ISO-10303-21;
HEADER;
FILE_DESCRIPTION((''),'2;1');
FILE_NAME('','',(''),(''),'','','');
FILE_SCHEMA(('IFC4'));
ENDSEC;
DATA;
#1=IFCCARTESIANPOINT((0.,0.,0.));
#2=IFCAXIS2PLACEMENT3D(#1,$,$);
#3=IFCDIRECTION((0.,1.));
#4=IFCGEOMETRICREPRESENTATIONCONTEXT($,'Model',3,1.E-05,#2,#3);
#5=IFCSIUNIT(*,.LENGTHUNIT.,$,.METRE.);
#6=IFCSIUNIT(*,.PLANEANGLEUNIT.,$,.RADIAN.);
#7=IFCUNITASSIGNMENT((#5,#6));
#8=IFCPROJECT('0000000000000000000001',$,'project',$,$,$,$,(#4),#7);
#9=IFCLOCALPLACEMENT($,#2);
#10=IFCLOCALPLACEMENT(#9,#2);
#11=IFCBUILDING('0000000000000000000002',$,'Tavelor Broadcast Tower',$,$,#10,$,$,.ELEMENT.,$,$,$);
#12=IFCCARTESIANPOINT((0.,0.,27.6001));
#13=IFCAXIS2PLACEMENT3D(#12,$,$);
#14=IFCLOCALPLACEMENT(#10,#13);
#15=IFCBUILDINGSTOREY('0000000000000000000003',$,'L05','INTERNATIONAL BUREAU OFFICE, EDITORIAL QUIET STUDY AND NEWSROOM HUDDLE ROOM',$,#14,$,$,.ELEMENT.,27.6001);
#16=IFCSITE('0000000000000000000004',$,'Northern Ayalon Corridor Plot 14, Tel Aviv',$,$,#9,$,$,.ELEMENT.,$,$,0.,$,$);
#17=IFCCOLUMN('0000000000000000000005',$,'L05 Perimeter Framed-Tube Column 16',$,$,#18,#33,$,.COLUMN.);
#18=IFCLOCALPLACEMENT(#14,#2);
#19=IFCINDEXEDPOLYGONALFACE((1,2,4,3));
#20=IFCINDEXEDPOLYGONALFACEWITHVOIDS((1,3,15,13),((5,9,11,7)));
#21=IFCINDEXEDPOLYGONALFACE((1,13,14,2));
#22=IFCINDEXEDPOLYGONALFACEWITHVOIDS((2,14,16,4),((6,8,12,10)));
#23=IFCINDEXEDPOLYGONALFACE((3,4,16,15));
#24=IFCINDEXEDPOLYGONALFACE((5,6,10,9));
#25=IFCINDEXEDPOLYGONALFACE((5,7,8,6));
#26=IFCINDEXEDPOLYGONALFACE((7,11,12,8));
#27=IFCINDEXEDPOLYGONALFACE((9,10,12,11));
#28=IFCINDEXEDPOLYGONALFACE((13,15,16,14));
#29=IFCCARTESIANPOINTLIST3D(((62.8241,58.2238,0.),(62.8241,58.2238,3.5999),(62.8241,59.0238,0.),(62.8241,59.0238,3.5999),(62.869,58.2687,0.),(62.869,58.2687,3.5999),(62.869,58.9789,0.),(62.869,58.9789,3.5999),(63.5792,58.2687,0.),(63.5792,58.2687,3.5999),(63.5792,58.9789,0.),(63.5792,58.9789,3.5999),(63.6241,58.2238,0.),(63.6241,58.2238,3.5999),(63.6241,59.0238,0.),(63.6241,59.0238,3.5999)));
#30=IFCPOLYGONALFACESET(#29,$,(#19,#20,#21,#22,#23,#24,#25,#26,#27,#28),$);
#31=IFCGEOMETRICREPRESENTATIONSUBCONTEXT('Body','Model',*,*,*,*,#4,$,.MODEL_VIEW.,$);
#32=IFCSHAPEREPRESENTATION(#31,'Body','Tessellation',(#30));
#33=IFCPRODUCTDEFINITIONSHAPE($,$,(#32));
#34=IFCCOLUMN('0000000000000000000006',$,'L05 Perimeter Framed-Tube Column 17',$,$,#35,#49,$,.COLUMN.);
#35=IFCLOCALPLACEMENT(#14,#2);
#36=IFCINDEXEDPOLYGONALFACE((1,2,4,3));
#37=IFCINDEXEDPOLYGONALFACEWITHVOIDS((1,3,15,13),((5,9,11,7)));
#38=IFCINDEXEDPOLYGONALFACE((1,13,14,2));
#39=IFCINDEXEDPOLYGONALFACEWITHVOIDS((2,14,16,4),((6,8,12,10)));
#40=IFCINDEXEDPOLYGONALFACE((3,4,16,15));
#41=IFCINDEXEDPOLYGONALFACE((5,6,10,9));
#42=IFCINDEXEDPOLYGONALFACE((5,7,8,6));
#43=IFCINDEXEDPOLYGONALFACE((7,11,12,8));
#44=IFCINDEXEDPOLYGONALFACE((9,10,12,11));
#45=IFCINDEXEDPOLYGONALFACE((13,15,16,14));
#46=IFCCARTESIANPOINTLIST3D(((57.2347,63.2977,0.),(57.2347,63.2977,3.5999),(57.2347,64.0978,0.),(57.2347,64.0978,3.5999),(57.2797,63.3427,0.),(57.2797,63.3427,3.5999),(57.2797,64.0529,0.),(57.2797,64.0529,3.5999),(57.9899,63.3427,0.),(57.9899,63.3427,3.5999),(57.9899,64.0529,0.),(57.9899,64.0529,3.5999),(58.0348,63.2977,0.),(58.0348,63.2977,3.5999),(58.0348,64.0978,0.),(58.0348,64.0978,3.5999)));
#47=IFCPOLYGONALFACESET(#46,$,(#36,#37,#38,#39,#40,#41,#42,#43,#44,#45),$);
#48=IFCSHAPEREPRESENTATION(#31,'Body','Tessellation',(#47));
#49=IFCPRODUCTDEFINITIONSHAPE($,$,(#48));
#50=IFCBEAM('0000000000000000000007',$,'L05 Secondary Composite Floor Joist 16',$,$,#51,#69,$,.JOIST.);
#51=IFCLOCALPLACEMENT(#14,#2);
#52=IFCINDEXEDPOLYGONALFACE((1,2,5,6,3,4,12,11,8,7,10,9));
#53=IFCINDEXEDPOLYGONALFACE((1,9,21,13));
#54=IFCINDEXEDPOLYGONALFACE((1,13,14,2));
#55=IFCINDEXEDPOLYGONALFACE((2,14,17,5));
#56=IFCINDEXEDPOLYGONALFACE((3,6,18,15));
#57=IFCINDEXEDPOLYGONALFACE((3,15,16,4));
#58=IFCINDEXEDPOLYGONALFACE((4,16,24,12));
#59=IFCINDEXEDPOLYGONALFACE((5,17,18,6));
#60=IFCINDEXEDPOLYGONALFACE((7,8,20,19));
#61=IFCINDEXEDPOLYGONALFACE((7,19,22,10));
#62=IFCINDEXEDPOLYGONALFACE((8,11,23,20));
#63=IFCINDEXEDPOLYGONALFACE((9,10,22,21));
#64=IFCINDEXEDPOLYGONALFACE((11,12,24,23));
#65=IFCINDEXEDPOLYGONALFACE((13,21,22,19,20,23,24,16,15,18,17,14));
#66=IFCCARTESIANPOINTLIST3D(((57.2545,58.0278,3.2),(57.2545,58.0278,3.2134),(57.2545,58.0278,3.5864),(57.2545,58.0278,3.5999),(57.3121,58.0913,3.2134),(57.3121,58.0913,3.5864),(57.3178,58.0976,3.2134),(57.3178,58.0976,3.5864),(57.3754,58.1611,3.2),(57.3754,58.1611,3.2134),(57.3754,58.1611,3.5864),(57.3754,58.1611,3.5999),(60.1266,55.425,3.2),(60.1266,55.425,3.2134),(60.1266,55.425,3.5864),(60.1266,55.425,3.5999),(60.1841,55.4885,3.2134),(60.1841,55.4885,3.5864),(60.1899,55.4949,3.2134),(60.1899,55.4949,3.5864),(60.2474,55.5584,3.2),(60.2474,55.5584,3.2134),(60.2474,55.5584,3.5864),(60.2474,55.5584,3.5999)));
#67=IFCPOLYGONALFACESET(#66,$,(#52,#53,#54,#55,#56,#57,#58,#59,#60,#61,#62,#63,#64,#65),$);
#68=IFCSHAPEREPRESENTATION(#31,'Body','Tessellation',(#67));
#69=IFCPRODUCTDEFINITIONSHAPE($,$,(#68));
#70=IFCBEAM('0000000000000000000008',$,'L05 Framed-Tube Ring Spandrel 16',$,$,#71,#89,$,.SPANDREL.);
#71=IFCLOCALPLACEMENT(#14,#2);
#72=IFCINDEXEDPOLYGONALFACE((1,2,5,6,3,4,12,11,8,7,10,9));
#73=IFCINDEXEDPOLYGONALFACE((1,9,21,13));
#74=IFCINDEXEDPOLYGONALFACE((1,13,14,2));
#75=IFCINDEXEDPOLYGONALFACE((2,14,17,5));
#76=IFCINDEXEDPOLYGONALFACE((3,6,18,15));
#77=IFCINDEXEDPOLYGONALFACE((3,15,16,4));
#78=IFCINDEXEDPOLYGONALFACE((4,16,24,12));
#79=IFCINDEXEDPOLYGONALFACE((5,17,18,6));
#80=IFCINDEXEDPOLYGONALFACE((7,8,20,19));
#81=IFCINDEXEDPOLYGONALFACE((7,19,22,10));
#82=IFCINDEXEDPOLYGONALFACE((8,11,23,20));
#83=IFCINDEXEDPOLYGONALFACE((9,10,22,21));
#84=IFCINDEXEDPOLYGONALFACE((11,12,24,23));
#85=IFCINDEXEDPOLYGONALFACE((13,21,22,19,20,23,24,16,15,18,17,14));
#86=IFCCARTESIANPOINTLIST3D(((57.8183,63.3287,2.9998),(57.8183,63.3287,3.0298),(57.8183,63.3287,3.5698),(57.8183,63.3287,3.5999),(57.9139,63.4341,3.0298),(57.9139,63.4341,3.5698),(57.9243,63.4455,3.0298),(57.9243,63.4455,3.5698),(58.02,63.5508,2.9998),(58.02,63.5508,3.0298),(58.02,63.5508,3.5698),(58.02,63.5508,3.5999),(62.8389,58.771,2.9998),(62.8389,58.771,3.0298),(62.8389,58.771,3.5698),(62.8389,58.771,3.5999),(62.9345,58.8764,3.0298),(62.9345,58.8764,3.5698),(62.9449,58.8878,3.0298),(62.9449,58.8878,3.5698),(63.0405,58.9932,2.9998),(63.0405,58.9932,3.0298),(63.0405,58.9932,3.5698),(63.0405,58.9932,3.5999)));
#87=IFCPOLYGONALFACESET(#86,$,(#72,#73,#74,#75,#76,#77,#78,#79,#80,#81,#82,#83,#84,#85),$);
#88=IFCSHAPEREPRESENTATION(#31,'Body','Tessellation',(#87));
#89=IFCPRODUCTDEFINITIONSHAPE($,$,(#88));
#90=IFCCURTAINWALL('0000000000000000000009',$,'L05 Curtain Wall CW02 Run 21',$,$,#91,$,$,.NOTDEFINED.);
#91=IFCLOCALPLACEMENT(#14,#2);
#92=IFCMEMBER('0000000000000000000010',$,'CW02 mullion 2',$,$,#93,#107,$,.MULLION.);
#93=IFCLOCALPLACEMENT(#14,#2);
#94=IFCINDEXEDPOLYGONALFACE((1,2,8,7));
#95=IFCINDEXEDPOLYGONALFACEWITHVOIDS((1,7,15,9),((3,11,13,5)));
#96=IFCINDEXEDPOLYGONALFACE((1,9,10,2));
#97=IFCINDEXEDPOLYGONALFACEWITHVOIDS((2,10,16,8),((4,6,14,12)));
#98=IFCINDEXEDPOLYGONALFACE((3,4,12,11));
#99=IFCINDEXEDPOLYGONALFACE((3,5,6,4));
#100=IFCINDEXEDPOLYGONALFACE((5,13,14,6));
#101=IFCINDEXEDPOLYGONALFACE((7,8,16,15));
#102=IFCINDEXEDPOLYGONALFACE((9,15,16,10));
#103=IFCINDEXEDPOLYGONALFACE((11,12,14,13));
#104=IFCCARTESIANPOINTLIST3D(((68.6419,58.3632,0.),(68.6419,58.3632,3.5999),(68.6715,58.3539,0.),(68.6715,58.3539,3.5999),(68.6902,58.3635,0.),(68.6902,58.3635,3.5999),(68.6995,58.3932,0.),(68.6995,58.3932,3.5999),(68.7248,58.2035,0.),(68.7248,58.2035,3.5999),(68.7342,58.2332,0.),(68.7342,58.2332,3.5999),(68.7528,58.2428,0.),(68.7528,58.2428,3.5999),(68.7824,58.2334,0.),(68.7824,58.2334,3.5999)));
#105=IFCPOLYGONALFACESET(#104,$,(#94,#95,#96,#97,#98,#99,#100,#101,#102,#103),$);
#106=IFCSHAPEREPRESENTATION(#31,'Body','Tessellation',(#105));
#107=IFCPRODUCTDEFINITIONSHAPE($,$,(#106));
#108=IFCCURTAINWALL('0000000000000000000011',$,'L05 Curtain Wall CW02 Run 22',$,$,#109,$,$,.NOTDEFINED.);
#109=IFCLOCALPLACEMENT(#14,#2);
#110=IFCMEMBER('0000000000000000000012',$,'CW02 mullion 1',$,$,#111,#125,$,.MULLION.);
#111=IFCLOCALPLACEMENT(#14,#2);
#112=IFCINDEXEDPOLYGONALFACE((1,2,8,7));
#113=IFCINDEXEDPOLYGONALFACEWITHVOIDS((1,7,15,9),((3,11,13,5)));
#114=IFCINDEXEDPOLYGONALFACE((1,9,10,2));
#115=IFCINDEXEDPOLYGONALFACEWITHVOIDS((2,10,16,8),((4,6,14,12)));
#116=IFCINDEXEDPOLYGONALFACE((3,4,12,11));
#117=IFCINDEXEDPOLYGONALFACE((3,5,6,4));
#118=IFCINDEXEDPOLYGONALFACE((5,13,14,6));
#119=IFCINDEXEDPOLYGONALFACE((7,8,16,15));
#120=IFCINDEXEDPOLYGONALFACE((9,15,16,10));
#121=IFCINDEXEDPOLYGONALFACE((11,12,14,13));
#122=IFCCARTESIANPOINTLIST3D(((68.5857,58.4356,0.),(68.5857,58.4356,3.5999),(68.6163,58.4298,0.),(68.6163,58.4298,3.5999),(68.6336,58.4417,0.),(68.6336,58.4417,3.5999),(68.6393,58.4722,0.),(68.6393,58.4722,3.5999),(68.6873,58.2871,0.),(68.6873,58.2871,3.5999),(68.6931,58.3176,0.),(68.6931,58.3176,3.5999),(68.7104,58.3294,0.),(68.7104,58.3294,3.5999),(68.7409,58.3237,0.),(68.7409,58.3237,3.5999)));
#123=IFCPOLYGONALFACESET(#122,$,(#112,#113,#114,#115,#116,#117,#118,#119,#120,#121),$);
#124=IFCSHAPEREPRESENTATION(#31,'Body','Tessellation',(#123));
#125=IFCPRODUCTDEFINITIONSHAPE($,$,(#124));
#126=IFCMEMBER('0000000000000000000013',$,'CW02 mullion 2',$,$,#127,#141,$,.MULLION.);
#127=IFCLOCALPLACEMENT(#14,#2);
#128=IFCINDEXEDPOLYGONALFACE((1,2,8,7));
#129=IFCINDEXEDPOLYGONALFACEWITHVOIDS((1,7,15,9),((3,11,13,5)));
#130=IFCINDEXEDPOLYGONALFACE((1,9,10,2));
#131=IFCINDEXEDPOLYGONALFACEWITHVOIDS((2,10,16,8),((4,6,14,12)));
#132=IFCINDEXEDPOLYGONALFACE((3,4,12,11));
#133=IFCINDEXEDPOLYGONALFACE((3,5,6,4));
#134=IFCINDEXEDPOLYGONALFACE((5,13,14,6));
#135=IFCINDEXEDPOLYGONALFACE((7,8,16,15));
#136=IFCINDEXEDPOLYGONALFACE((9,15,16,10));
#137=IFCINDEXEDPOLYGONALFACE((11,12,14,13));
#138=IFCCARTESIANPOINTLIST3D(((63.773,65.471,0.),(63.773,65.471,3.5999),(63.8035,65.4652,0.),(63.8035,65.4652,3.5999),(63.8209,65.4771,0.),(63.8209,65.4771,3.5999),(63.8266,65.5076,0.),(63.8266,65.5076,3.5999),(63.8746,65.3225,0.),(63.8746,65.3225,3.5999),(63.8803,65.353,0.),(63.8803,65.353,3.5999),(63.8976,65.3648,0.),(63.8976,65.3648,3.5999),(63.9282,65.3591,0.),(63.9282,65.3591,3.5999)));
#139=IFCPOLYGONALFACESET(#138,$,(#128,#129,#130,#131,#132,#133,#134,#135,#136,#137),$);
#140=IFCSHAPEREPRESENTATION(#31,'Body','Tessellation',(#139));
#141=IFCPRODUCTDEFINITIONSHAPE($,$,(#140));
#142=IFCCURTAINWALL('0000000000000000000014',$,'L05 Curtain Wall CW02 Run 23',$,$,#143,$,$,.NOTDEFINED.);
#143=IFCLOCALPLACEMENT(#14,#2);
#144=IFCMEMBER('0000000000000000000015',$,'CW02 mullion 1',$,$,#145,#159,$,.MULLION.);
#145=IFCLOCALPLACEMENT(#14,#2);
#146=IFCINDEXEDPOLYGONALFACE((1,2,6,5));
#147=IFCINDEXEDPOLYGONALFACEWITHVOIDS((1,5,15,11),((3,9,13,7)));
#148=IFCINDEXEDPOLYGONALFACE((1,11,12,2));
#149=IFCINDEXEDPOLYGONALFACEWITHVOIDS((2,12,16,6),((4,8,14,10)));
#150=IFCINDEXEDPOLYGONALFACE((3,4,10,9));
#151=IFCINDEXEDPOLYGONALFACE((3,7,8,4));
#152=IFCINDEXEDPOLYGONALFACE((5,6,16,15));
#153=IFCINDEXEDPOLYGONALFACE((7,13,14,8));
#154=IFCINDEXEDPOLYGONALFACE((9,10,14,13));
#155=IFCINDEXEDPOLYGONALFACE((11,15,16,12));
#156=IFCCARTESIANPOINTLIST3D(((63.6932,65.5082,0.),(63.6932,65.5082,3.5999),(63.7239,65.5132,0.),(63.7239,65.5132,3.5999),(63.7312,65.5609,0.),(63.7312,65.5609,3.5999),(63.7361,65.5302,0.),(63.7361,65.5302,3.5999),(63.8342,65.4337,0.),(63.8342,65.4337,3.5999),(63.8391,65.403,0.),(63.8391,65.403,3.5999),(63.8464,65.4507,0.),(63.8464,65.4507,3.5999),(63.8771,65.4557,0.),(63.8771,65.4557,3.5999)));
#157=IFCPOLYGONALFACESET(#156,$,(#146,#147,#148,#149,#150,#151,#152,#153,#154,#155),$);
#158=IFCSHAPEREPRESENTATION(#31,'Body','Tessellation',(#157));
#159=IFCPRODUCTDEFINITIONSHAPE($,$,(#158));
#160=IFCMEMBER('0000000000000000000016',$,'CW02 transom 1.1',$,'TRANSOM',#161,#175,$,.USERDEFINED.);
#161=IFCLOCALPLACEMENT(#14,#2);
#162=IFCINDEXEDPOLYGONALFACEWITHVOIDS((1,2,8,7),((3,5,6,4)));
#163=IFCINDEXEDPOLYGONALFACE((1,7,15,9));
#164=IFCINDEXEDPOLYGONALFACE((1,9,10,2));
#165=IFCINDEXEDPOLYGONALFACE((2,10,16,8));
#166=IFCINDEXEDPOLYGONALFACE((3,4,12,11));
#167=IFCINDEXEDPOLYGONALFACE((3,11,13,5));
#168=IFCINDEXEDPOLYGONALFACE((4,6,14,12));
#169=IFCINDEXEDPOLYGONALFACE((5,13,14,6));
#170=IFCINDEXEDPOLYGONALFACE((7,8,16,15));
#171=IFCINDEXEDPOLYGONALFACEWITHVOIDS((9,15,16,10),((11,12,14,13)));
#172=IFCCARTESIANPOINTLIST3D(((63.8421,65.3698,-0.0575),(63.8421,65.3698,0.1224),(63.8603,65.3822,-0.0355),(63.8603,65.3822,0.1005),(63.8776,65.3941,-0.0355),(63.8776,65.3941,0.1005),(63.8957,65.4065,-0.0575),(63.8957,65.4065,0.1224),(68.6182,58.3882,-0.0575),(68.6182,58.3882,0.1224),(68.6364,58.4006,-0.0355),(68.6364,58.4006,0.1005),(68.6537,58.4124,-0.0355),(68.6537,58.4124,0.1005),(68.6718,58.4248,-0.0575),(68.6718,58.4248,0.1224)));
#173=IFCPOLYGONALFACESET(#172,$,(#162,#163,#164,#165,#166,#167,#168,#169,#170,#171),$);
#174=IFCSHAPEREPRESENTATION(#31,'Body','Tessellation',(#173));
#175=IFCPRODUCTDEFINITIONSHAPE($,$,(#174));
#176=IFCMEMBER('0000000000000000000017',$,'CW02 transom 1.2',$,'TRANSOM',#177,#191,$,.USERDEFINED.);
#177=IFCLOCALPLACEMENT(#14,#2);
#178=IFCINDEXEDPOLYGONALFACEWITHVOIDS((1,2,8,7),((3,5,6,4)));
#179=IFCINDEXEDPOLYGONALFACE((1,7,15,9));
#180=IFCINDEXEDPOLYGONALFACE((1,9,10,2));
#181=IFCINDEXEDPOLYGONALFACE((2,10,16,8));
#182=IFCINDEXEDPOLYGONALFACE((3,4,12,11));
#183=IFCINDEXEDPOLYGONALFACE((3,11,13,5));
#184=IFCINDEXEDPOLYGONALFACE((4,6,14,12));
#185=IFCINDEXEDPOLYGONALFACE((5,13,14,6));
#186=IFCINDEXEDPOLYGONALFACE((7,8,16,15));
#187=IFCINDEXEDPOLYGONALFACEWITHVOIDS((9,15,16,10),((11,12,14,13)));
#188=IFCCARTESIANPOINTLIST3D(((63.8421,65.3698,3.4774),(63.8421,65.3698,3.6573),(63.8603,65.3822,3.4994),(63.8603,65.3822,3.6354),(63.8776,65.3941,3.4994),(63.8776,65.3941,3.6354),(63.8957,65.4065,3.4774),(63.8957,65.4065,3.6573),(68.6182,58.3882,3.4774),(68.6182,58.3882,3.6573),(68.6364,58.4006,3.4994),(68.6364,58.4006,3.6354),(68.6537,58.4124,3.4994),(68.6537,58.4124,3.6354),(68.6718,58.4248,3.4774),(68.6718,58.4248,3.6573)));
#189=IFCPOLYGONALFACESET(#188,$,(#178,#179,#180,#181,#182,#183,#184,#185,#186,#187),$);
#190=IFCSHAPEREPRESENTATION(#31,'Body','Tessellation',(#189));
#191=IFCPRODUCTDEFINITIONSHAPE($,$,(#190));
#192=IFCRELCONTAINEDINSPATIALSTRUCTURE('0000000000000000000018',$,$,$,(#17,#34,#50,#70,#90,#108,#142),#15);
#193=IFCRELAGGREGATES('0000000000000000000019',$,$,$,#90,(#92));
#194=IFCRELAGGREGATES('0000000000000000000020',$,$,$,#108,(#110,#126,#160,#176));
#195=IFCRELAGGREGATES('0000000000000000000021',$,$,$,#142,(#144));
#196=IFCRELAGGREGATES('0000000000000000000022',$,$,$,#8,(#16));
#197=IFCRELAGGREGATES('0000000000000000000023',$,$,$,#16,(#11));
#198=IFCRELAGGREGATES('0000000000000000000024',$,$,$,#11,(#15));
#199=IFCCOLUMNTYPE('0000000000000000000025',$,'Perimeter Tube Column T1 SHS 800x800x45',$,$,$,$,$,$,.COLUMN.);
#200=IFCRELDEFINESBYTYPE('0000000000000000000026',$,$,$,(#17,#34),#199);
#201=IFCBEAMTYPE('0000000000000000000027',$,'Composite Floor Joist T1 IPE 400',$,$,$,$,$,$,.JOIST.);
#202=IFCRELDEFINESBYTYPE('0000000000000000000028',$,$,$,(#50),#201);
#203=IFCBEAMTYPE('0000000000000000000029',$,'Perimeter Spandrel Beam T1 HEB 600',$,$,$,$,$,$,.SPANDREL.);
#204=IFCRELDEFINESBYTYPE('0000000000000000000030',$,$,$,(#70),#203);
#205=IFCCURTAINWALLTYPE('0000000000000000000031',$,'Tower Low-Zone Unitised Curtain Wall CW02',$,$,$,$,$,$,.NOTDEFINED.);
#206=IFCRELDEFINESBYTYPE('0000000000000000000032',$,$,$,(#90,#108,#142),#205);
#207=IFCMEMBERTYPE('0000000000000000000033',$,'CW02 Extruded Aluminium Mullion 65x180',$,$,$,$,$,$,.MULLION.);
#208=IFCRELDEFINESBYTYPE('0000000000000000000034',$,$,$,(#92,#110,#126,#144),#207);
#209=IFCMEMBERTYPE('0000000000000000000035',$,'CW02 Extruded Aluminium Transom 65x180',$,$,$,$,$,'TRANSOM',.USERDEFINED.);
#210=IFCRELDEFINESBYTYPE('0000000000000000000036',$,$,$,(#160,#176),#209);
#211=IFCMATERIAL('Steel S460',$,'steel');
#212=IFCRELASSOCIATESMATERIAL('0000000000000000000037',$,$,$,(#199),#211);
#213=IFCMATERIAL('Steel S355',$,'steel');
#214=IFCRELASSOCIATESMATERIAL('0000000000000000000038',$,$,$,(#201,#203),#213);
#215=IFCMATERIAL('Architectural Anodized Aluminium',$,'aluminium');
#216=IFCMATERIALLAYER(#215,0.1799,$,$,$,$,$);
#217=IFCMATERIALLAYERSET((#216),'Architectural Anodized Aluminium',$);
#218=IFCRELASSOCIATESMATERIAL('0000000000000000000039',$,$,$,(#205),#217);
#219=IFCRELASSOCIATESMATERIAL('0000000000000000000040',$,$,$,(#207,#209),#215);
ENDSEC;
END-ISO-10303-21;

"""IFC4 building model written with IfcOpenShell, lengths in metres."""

from ifc_helpers import new_model, si_unit, direction, frame, origin, origin_2d, place, context, subcontext, project, spatial, hollow_rectangle, i_section, extrude, source, transform, mapped, material, layer, layer_set, material_profile, profile_set, type_object, type_shapes, element, aggregate, save


model = new_model("IFC4")

# Units and contexts
model_context = context("Model", 3, precision=1e-05, world=origin(), true_north=direction((0.0, 1.0)))
body_context = subcontext(model_context, "Body", "Model", "MODEL_VIEW")
ifc_project = project(units=[si_unit("LENGTHUNIT", "METRE"), si_unit("PLANEANGLEUNIT", "RADIAN")], contexts=[model_context])

# Site, building, storey
site_placement = place(None, origin())
site = spatial("IfcSite", under=ifc_project, at=site_placement, Name="Northern Ayalon Corridor Plot 14, Tel Aviv", CompositionType="ELEMENT", RefElevation=0.0)
building_placement = place(site_placement, origin())
building = spatial("IfcBuilding", under=site, at=building_placement, Name="Tavelor Broadcast Tower", CompositionType="ELEMENT")
storey_placement = place(building_placement, frame((0.0, 0.0, 27.6001)))
storey = spatial("IfcBuildingStorey", under=building, at=storey_placement, Name="L05", Description="INTERNATIONAL BUREAU OFFICE, EDITORIAL QUIET STUDY AND NEWSROOM HUDDLE ROOM", CompositionType="ELEMENT", Elevation=27.6001)

# Columns
ifc_material_1 = material(Name="Steel S460", Category="steel")
ifc_material_profile_1 = material_profile(ifc_material_1, hollow_rectangle(XDim=0.8, YDim=0.8, WallThickness=0.0449, at=origin_2d()), Name="SHS 800x800x45")
ifc_profile_set_1 = profile_set([ifc_material_profile_1], Name="Steel S460")
column_type = type_object("IfcColumnType", Name="Perimeter Tube Column T1 SHS 800x800x45", PredefinedType="COLUMN", material=ifc_profile_set_1)
for number, where, z_axis, x_axis, name in (
    (1, (63.2241, 58.6238, 0.0), (0.0, 0.0, 1.0), (1.0, 0.0, 0.0), "L05 Perimeter Framed-Tube Column 16"),
    (2, (57.6348, 63.6978, 0.0), (0.0, 0.0, 1.0), (1.0, 0.0, 0.0), "L05 Perimeter Framed-Tube Column 17"),
):
    element("IfcColumn", number, at=place(storey_placement, frame(where, z_axis=z_axis, x_axis=x_axis)), inside=storey, type_object=column_type, Name=name, PredefinedType="COLUMN", context=body_context, shape_type="SweptSolid", body=[
        extrude(hollow_rectangle(XDim=0.8, YDim=0.8, WallThickness=0.0449, at=origin_2d()), origin(), (0.0, 0.0, 1.0), 3.5999),
    ])

# Beams
ifc_material_2 = material(Name="Steel S355", Category="steel")
ifc_material_profile_2 = material_profile(ifc_material_2, i_section(OverallWidth=0.1799, OverallDepth=0.3999, WebThickness=0.0085, FlangeThickness=0.0134, at=origin_2d()), Name="IPE 400")
ifc_profile_set_2 = profile_set([ifc_material_profile_2], Name="Steel S355")
beam_type_1 = type_object("IfcBeamType", Name="Composite Floor Joist T1 IPE 400", PredefinedType="JOIST", material=ifc_profile_set_2)
beam_1_placement = place(storey_placement, frame((60.187, 55.4917, 3.3999), z_axis=(-0.740991, 0.671515, 0.0), x_axis=(-0.671515, -0.740991, 0.0)))
element("IfcBeam", 3, at=beam_1_placement, inside=storey, type_object=beam_type_1, Name="L05 Secondary Composite Floor Joist 16", PredefinedType="JOIST", context=body_context, shape_type="SweptSolid", body=[
    extrude(i_section(OverallWidth=0.1799, OverallDepth=0.3999, WebThickness=0.0085, FlangeThickness=0.0134, at=origin_2d()), origin(), (0.0, 0.0, 1.0), 3.876),
])
ifc_material_profile_3 = material_profile(ifc_material_2, i_section(OverallWidth=0.3, OverallDepth=0.6001, WebThickness=0.0154, FlangeThickness=0.03, at=origin_2d()), Name="HEB 600")
ifc_profile_set_3 = profile_set([ifc_material_profile_3], Name="Steel S355")
beam_type_2 = type_object("IfcBeamType", Name="Perimeter Spandrel Beam T1 HEB 600", PredefinedType="SPANDREL", material=ifc_profile_set_3)
beam_2_placement = place(storey_placement, frame((62.9397, 58.8821, 3.2998), z_axis=(-0.740416, 0.672149, 0.0), x_axis=(-0.672149, -0.740416, 0.0)))
element("IfcBeam", 4, at=beam_2_placement, inside=storey, type_object=beam_type_2, Name="L05 Framed-Tube Ring Spandrel 16", PredefinedType="SPANDREL", context=body_context, shape_type="SweptSolid", body=[
    extrude(i_section(OverallWidth=0.3, OverallDepth=0.6001, WebThickness=0.0154, FlangeThickness=0.03, at=origin_2d()), origin(), (0.0, 0.0, 1.0), 6.7808),
])

# Curtain wall, member
ifc_material_3 = material(Name="Architectural Anodized Aluminium", Category="aluminium")
ifc_layer_1 = layer(ifc_material_3, 0.1799)
ifc_layer_set_1 = layer_set([ifc_layer_1], Name="Architectural Anodized Aluminium")
curtain_wall_type = type_object("IfcCurtainWallType", Name="Tower Low-Zone Unitised Curtain Wall CW02", PredefinedType="NOTDEFINED", material=ifc_layer_set_1)
curtain_wall_1_placement = place(storey_placement, origin())
curtain_wall_1 = element("IfcCurtainWall", 5, at=curtain_wall_1_placement, inside=storey, type_object=curtain_wall_type, Name="L05 Curtain Wall CW02 Run 21", PredefinedType="NOTDEFINED")
ifc_material_profile_4 = material_profile(ifc_material_3, hollow_rectangle(XDim=0.0649, YDim=0.1799, WallThickness=0.022, at=origin_2d()), Name="RHS 65x180x22")
ifc_profile_set_4 = profile_set([ifc_material_profile_4], Name="Architectural Anodized Aluminium")
member_type_1 = type_object("IfcMemberType", Name="CW02 Extruded Aluminium Mullion 65x180", PredefinedType="MULLION", material=ifc_profile_set_4)
shared_shape_1 = source(origin(), body_context, "Body", "SweptSolid", [
    extrude(hollow_rectangle(XDim=0.0649, YDim=0.1799, WallThickness=0.022, at=origin_2d()), origin(), (0.0, 0.0, 1.0), 3.5999),
])
type_shapes(member_type_1, [shared_shape_1])
member_1_placement = place(storey_placement, frame((68.7122, 58.2983, 0.0), z_axis=(0.0, 0.0, 1.0), x_axis=(-0.887618, -0.46058, 0.0)))
member_1 = element("IfcMember", 6, at=member_1_placement, type_object=member_type_1, Name="CW02 mullion 2", PredefinedType="MULLION", context=body_context, shape_type="MappedRepresentation", body=[
    mapped(shared_shape_1, transform((0.0, 0.0, 0.0), scale=1.0)),
])
aggregate(curtain_wall_1, [member_1])

# Curtain wall, members
curtain_wall_2_placement = place(storey_placement, origin())
curtain_wall_2 = element("IfcCurtainWall", 7, at=curtain_wall_2_placement, inside=storey, type_object=curtain_wall_type, Name="L05 Curtain Wall CW02 Run 22", PredefinedType="NOTDEFINED")
member_2_placement = place(storey_placement, frame((68.6633, 58.3796, 0.0), z_axis=(0.0, 0.0, 1.0), x_axis=(-0.825353, -0.564618, 0.0)))
member_2 = element("IfcMember", 8, at=member_2_placement, type_object=member_type_1, Name="CW02 mullion 1", PredefinedType="MULLION", context=body_context, shape_type="MappedRepresentation", body=[
    mapped(shared_shape_1, transform((0.0, 0.0, 0.0), scale=1.0)),
])
member_3_placement = place(storey_placement, frame((63.8506, 65.415, 0.0), z_axis=(0.0, 0.0, 1.0), x_axis=(-0.825353, -0.564618, 0.0)))
member_3 = element("IfcMember", 9, at=member_3_placement, type_object=member_type_1, Name="CW02 mullion 2", PredefinedType="MULLION", context=body_context, shape_type="MappedRepresentation", body=[
    mapped(shared_shape_1, transform((0.0, 0.0, 0.0), scale=1.0)),
])

# Curtain wall, member
curtain_wall_3_placement = place(storey_placement, origin())
curtain_wall_3 = element("IfcCurtainWall", 10, at=curtain_wall_3_placement, inside=storey, type_object=curtain_wall_type, Name="L05 Curtain Wall CW02 Run 23", PredefinedType="NOTDEFINED")
member_4_placement = place(storey_placement, frame((63.7852, 65.4819, 0.0), z_axis=(0.0, 0.0, 1.0), x_axis=(-0.584873, -0.811125, 0.0)))
member_4 = element("IfcMember", 11, at=member_4_placement, type_object=member_type_1, Name="CW02 mullion 1", PredefinedType="MULLION", context=body_context, shape_type="MappedRepresentation", body=[
    mapped(shared_shape_1, transform((0.0, 0.0, 0.0), scale=1.0)),
])

# Members
ifc_material_profile_5 = material_profile(ifc_material_3, hollow_rectangle(XDim=0.0649, YDim=0.1799, WallThickness=0.022, at=origin_2d()), Name="RHS 65x180x22")
ifc_profile_set_5 = profile_set([ifc_material_profile_5], Name="Architectural Anodized Aluminium")
member_type_2 = type_object("IfcMemberType", Name="CW02 Extruded Aluminium Transom 65x180", ElementType="TRANSOM", PredefinedType="USERDEFINED", material=ifc_profile_set_5)
shared_shape_2 = source(origin(), body_context, "Body", "SweptSolid", [
    extrude(hollow_rectangle(XDim=0.0649, YDim=0.1799, WallThickness=0.022, at=origin_2d()), origin(), (0.0, 0.0, 1.0), 8.459),
])
member_5_placement = place(storey_placement, frame((68.645, 58.4065, 0.0325), z_axis=(-0.564618, 0.825353, 0.0), x_axis=(-0.825353, -0.564618, 0.0)))
member_5 = element("IfcMember", 12, at=member_5_placement, type_object=member_type_2, Name="CW02 transom 1.1", ObjectType="TRANSOM", PredefinedType="USERDEFINED", context=body_context, shape_type="MappedRepresentation", body=[
    mapped(shared_shape_2, transform((0.0, 0.0, 0.0), scale=1.0)),
])
member_6_placement = place(storey_placement, frame((68.645, 58.4065, 3.5674), z_axis=(-0.564618, 0.825353, 0.0), x_axis=(-0.825353, -0.564618, 0.0)))
member_6 = element("IfcMember", 13, at=member_6_placement, type_object=member_type_2, Name="CW02 transom 1.2", ObjectType="TRANSOM", PredefinedType="USERDEFINED", context=body_context, shape_type="MappedRepresentation", body=[
    mapped(shared_shape_2, transform((0.0, 0.0, 0.0), scale=1.0)),
])

aggregate(curtain_wall_2, [member_2, member_3, member_5, member_6])
aggregate(curtain_wall_3, [member_4])

save(model, "model.ifc")
